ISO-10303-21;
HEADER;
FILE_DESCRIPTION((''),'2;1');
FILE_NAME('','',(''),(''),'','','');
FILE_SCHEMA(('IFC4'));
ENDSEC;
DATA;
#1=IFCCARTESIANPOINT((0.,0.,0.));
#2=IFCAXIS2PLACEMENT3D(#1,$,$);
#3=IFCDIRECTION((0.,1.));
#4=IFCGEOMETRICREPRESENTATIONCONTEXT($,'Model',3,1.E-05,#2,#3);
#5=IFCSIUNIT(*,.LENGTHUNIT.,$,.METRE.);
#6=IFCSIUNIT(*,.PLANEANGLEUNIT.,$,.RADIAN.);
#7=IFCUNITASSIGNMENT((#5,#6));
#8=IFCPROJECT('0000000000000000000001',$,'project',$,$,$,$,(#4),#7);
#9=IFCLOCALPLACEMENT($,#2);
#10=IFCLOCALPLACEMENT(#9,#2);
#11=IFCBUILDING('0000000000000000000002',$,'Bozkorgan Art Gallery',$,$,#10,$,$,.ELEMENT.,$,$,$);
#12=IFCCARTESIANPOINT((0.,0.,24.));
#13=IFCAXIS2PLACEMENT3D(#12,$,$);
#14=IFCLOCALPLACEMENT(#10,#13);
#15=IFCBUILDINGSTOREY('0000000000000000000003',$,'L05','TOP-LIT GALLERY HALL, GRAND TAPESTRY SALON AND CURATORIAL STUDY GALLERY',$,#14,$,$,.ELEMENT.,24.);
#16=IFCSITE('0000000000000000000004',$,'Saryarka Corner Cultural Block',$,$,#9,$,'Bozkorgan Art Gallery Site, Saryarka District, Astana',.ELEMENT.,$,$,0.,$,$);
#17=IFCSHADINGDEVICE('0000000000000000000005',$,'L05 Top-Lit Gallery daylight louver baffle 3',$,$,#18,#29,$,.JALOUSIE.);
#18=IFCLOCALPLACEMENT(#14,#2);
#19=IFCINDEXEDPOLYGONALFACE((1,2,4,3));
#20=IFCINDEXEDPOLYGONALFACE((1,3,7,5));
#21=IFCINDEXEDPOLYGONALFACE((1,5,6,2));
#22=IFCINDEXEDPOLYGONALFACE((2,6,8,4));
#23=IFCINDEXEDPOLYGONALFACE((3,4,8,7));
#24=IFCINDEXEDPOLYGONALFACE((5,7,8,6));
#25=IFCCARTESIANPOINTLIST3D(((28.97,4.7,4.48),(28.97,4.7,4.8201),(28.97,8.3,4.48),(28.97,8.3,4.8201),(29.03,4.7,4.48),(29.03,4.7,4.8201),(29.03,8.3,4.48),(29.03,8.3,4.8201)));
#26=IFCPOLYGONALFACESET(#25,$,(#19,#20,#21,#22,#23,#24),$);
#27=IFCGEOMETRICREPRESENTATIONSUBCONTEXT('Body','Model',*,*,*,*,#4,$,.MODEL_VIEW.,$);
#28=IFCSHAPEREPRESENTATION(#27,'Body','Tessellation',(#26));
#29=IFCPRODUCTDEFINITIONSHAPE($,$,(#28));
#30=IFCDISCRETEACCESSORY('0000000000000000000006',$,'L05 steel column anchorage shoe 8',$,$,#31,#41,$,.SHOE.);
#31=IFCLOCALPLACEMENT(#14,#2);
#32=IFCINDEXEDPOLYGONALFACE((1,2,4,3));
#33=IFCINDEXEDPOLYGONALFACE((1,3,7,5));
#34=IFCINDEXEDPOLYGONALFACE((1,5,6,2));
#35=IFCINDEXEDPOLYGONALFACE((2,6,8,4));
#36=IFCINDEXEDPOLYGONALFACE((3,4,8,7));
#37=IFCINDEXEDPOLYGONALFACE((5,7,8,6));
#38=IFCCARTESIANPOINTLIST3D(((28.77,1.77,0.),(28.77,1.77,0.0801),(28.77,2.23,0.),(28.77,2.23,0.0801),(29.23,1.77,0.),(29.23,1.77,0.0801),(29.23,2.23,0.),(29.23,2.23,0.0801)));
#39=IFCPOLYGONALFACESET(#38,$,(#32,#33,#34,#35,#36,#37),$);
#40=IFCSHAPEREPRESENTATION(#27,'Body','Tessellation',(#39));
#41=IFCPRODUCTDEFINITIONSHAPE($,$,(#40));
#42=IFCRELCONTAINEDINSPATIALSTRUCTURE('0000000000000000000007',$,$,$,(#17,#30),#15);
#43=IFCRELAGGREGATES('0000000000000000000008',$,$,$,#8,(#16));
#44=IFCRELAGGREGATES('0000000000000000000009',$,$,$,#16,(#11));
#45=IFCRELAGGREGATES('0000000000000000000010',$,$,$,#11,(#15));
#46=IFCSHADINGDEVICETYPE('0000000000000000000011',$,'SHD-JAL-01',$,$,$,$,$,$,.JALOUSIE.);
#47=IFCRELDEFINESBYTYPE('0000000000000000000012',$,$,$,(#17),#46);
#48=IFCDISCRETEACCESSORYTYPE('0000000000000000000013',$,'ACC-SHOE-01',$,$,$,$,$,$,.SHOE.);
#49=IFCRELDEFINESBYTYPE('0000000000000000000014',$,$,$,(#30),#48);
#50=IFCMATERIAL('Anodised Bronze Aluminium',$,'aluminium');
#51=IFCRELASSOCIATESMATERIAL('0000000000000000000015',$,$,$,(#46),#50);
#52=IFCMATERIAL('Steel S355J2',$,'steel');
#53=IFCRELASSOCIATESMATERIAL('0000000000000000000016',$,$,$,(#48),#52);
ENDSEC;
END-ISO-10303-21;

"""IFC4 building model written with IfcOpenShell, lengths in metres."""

from ifc_helpers import new_model, si_unit, direction, frame, origin, origin_2d, place, context, subcontext, project, spatial, rectangle, extrude, material, type_object, element, save


model = new_model("IFC4")

# Units and contexts
model_context = context("Model", 3, precision=1e-05, world=origin(), true_north=direction((0.0, 1.0)))
body_context = subcontext(model_context, "Body", "Model", "MODEL_VIEW")
ifc_project = project(units=[si_unit("LENGTHUNIT", "METRE"), si_unit("PLANEANGLEUNIT", "RADIAN")], contexts=[model_context])

# Site, building, storey
site_placement = place(None, origin())
site = spatial("IfcSite", under=ifc_project, at=site_placement, Name="Saryarka Corner Cultural Block", LongName="Bozkorgan Art Gallery Site, Saryarka District, Astana", CompositionType="ELEMENT", RefElevation=0.0)
building_placement = place(site_placement, origin())
building = spatial("IfcBuilding", under=site, at=building_placement, Name="Bozkorgan Art Gallery", CompositionType="ELEMENT")
storey_placement = place(building_placement, frame((0.0, 0.0, 24.0)))
storey = spatial("IfcBuildingStorey", under=building, at=storey_placement, Name="L05", Description="TOP-LIT GALLERY HALL, GRAND TAPESTRY SALON AND CURATORIAL STUDY GALLERY", CompositionType="ELEMENT", Elevation=24.0)

# Shared definitions
ifc_material_1 = material(Name="Steel S355J2", Category="steel")

# Shared definitions
ifc_material_2 = material(Name="Anodised Bronze Aluminium", Category="aluminium")

# Shading device
shading_device_type = type_object("IfcShadingDeviceType", Name="SHD-JAL-01", PredefinedType="JALOUSIE", material=ifc_material_2)
shading_device_placement = place(storey_placement, frame((29.0, 6.5, 4.48), z_axis=(0.0, 0.0, 1.0), x_axis=(1.0, 0.0, 0.0)))
element("IfcShadingDevice", 1, at=shading_device_placement, inside=storey, type_object=shading_device_type, Name="L05 Top-Lit Gallery daylight louver baffle 3", PredefinedType="JALOUSIE", context=body_context, shape_type="SweptSolid", body=[
    extrude(rectangle(XDim=0.0601, YDim=3.6001, at=origin_2d()), origin(), (0.0, 0.0, 1.0), 0.3401),
])

# Discrete accessory
discrete_accessory_type = type_object("IfcDiscreteAccessoryType", Name="ACC-SHOE-01", PredefinedType="SHOE", material=ifc_material_1)
discrete_accessory_placement = place(storey_placement, frame((29.0, 2.0, 0.0), z_axis=(0.0, 0.0, 1.0), x_axis=(1.0, 0.0, 0.0)))
element("IfcDiscreteAccessory", 2, at=discrete_accessory_placement, inside=storey, type_object=discrete_accessory_type, Name="L05 steel column anchorage shoe 8", PredefinedType="SHOE", context=body_context, shape_type="SweptSolid", body=[
    extrude(rectangle(XDim=0.46, YDim=0.46, at=origin_2d()), origin(), (0.0, 0.0, 1.0), 0.0801),
])

save(model, "model.ifc")
